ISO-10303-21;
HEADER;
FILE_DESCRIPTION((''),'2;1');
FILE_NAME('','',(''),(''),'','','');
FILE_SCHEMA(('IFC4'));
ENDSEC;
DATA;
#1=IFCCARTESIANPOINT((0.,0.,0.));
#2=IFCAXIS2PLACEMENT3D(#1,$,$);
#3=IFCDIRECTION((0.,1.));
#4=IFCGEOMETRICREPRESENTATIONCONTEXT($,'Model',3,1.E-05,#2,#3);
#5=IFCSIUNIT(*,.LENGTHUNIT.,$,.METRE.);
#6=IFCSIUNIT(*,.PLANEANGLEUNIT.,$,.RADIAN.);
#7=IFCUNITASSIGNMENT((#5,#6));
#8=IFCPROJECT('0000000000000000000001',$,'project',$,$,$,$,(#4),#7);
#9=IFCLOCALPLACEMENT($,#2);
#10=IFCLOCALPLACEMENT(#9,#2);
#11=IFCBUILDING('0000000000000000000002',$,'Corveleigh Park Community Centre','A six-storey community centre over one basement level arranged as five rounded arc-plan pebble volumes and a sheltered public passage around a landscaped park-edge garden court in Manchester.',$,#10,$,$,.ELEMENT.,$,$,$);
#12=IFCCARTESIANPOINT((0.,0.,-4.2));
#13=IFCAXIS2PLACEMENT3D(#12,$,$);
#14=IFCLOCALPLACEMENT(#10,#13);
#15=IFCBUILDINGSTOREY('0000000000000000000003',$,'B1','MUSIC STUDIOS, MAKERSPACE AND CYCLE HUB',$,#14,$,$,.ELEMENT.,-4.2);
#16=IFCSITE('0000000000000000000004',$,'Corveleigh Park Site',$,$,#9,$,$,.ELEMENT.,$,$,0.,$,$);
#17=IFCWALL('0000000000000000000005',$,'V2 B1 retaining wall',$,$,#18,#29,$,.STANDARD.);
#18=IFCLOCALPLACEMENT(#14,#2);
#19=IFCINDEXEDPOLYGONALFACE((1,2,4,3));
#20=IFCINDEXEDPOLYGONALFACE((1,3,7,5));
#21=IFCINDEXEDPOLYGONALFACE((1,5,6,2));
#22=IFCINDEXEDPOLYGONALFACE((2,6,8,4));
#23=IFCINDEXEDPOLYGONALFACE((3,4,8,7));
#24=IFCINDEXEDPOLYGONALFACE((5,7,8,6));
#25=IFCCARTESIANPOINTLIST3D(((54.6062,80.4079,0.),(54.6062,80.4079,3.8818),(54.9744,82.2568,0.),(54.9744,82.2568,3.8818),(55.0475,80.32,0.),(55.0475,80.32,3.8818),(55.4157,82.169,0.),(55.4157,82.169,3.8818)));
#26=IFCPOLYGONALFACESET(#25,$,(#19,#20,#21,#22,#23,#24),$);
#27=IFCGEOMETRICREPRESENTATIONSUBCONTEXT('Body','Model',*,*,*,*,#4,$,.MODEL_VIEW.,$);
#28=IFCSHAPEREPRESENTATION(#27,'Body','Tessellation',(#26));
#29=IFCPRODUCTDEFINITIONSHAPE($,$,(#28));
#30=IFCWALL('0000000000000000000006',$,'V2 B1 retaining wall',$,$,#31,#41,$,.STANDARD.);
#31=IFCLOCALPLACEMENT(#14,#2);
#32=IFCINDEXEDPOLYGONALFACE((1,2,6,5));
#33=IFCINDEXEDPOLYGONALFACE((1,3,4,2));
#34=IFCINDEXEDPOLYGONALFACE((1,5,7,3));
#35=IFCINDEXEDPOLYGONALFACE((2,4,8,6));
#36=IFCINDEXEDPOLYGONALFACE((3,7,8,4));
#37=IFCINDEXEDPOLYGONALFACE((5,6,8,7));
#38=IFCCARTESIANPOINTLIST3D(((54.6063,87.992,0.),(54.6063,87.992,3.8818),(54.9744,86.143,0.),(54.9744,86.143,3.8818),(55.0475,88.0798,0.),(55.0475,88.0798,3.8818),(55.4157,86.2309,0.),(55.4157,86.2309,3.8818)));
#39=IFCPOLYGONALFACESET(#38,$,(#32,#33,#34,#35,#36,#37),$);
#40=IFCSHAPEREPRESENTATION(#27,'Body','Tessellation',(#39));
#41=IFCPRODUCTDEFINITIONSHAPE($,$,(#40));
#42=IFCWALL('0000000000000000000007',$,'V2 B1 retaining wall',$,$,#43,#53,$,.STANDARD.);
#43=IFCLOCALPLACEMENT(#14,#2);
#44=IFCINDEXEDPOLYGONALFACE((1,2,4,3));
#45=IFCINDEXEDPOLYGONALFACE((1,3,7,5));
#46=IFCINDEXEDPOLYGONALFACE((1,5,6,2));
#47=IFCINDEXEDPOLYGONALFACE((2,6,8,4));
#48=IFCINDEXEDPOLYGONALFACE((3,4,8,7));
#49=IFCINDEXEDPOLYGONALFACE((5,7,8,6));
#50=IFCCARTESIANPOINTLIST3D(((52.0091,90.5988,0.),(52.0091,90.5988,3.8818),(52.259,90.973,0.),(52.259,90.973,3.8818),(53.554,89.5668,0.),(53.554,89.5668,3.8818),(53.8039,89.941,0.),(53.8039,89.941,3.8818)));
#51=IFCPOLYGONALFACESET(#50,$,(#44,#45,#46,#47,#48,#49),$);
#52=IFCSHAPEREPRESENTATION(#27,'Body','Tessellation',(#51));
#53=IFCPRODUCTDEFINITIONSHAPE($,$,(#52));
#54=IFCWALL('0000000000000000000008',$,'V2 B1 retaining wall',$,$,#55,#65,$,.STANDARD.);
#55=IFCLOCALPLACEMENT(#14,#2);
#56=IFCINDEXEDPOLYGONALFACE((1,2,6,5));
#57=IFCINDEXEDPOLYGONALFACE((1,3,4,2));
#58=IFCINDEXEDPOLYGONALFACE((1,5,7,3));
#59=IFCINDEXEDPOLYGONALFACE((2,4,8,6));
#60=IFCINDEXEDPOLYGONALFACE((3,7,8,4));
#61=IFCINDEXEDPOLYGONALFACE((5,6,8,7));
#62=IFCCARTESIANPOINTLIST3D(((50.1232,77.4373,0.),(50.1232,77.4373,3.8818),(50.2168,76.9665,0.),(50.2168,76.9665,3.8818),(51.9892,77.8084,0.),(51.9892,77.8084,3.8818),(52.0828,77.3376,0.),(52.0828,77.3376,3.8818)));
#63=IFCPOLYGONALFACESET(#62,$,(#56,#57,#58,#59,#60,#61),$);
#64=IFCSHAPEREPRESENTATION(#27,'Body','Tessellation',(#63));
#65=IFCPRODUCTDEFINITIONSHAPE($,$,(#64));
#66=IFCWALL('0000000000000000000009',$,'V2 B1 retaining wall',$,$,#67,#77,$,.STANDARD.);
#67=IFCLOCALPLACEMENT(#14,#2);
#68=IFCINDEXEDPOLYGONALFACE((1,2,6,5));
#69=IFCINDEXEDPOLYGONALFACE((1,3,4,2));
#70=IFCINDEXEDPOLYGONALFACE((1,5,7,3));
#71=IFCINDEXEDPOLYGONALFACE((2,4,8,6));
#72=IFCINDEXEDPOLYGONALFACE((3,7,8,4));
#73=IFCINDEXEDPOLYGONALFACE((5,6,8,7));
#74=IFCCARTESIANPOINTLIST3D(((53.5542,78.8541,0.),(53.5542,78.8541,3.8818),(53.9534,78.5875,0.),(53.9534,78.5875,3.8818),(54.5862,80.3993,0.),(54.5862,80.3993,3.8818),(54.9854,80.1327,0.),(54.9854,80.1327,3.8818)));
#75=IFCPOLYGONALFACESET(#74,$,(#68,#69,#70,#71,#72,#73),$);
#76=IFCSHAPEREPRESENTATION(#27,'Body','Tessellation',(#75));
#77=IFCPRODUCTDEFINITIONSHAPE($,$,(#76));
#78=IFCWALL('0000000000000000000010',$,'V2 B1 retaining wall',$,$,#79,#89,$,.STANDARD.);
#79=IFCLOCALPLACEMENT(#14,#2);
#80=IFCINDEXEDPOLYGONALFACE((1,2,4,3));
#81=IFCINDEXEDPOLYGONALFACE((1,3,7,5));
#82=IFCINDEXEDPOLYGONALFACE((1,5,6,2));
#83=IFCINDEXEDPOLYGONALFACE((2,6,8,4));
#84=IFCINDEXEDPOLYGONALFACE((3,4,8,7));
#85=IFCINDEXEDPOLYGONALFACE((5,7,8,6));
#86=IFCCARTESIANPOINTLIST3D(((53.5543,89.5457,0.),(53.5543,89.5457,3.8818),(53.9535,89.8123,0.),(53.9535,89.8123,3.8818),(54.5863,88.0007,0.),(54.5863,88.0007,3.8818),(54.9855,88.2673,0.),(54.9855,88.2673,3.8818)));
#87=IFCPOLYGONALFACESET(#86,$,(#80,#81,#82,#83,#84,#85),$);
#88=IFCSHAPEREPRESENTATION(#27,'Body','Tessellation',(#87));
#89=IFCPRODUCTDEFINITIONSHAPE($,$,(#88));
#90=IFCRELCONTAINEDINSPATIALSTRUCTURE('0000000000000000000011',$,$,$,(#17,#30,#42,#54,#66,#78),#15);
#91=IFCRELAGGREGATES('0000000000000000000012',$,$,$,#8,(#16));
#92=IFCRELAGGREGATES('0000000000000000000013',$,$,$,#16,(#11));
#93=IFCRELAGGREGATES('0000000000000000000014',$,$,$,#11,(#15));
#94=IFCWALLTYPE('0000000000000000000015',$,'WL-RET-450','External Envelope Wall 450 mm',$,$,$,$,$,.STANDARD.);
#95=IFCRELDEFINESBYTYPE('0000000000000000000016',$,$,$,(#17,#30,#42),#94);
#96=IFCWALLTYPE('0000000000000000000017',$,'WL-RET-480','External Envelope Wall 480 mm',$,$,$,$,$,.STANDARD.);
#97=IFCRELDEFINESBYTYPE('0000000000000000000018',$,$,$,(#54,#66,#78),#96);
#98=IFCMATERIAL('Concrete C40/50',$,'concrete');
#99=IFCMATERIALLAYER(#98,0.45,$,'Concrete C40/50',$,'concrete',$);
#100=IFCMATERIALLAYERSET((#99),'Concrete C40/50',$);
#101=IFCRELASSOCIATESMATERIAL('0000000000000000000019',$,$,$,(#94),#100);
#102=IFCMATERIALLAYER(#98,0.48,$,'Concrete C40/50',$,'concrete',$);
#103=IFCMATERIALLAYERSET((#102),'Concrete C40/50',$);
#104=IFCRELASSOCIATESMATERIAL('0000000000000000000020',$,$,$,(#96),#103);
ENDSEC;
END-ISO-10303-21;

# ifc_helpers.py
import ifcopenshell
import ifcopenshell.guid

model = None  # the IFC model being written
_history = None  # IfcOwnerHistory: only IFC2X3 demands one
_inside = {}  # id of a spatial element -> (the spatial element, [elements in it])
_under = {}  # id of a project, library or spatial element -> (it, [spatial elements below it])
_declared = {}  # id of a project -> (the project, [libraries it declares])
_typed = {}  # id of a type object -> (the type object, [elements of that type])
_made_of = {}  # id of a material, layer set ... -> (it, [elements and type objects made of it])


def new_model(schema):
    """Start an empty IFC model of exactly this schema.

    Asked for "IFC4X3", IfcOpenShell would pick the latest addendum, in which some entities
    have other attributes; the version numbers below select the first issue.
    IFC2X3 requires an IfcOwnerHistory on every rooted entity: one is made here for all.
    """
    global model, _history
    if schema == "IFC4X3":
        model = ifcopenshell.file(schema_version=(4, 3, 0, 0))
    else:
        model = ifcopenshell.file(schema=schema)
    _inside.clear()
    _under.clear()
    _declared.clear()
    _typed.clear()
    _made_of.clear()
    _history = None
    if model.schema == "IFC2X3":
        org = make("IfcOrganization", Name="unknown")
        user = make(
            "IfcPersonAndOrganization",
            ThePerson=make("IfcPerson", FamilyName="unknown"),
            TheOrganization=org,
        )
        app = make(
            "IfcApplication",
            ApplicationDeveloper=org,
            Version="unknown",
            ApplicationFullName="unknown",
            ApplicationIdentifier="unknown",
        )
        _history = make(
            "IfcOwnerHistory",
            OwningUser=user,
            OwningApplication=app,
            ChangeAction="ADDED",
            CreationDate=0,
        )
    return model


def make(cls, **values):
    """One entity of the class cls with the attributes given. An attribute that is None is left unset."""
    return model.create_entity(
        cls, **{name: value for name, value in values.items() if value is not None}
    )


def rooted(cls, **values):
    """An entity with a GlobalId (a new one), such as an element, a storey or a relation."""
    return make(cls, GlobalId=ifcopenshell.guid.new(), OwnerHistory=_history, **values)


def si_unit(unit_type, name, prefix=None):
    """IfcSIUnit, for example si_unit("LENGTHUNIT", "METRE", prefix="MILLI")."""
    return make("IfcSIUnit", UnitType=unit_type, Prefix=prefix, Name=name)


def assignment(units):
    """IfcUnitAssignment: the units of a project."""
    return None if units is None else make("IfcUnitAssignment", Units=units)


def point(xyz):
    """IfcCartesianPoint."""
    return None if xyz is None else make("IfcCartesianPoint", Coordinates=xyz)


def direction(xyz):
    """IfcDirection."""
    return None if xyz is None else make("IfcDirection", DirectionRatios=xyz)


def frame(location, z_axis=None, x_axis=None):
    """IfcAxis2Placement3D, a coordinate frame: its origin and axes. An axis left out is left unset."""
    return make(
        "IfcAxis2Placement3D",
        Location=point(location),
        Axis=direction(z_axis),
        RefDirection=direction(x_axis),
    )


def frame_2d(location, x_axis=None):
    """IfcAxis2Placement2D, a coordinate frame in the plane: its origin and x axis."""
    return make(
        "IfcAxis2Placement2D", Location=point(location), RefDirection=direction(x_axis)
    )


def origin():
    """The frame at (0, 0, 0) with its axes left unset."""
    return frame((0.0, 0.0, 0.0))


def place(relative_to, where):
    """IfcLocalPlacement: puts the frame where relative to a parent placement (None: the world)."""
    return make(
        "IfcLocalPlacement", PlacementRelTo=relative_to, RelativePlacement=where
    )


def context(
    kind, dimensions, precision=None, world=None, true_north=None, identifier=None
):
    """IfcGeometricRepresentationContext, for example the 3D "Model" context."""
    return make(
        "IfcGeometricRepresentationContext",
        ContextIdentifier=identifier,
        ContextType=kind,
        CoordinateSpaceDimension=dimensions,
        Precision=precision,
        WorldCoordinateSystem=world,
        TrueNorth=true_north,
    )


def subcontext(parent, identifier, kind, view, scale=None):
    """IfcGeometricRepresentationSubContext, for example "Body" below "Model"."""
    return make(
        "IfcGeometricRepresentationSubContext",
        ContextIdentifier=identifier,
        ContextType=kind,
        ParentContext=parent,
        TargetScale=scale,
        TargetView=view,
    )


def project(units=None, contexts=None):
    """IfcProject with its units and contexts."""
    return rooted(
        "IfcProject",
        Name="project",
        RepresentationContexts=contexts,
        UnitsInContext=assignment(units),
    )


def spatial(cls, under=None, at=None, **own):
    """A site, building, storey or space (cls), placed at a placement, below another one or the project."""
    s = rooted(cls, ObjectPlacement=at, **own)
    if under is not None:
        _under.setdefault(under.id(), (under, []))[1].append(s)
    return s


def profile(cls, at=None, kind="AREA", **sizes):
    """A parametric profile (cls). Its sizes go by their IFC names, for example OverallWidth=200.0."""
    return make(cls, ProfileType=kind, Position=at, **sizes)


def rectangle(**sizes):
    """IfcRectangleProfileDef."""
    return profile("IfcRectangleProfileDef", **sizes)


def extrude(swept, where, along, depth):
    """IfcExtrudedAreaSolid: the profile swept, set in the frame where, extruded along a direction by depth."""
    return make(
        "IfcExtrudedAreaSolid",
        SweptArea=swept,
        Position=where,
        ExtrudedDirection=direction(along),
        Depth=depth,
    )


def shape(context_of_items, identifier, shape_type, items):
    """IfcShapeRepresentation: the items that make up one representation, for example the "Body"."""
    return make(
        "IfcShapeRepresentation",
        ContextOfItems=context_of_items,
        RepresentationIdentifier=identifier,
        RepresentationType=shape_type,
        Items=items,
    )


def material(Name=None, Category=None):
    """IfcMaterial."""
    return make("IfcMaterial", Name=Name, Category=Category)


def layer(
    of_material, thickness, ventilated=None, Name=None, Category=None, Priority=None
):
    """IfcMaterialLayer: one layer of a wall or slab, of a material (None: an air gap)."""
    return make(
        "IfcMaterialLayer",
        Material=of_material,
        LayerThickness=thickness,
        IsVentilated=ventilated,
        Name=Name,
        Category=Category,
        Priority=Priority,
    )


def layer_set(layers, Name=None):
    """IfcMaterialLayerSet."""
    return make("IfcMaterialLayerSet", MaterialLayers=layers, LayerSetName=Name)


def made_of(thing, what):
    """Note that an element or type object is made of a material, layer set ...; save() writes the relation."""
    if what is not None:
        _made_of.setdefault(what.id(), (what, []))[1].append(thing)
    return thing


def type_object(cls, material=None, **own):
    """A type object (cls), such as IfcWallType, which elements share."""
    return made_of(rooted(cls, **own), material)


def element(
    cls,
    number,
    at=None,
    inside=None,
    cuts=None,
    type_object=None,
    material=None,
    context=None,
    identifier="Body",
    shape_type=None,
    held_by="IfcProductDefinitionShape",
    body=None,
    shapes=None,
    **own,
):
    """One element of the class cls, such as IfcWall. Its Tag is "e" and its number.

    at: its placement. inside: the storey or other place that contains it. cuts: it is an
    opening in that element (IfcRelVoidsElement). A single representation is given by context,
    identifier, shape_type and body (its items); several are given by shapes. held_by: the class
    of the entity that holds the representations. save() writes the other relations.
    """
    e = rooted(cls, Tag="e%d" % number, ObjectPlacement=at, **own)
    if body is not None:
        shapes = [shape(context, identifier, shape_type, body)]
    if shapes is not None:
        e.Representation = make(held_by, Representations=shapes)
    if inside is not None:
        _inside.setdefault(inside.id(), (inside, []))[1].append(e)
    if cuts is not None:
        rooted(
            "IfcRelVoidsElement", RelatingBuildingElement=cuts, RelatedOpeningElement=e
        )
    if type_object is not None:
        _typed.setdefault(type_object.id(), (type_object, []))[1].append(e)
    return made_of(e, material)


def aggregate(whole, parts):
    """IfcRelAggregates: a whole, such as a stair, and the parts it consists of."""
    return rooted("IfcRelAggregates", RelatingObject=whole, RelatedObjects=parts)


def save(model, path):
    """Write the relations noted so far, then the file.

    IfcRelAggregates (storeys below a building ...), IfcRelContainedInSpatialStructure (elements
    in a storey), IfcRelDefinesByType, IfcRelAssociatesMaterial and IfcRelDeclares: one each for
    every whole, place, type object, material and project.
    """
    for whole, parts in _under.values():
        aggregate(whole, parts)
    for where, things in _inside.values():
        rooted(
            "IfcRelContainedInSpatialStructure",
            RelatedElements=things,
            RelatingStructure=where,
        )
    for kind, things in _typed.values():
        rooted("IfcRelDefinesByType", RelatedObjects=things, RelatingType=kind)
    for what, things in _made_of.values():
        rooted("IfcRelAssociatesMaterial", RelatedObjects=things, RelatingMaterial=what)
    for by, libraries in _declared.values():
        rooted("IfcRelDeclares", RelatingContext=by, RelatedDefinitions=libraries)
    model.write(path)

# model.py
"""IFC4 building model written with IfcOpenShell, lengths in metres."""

from ifc_helpers import new_model, si_unit, direction, frame, frame_2d, origin, place, context, subcontext, project, spatial, rectangle, extrude, material, layer, layer_set, type_object, element, save


model = new_model("IFC4")

# Units and contexts
model_context = context("Model", 3, precision=1e-05, world=origin(), true_north=direction((0.0, 1.0)))
body_context = subcontext(model_context, "Body", "Model", "MODEL_VIEW")
ifc_project = project(units=[si_unit("LENGTHUNIT", "METRE"), si_unit("PLANEANGLEUNIT", "RADIAN")], contexts=[model_context])

# Site, building, storey
site_placement = place(None, origin())
site = spatial("IfcSite", under=ifc_project, at=site_placement, Name="Corveleigh Park Site", CompositionType="ELEMENT", RefElevation=0.0)
building_placement = place(site_placement, origin())
building = spatial("IfcBuilding", under=site, at=building_placement, Name="Corveleigh Park Community Centre", Description="A six-storey community centre over one basement level arranged as five rounded arc-plan pebble volumes and a sheltered public passage around a landscaped park-edge garden court in Manchester.", CompositionType="ELEMENT")
storey_placement = place(building_placement, frame((0.0, 0.0, -4.2)))
storey = spatial("IfcBuildingStorey", under=building, at=storey_placement, Name="B1", Description="MUSIC STUDIOS, MAKERSPACE AND CYCLE HUB", CompositionType="ELEMENT", Elevation=-4.2)

# Shared definitions
ifc_material_1 = material(Name="Concrete C40/50", Category="concrete")

# Walls
ifc_layer_1 = layer(ifc_material_1, 0.45, Name="Concrete C40/50", Category="concrete")
ifc_layer_set_1 = layer_set([ifc_layer_1], Name="Concrete C40/50")
wall_type_1 = type_object("IfcWallType", Name="WL-RET-450", Description="External Envelope Wall 450 mm", PredefinedType="STANDARD", material=ifc_layer_set_1)
for number, where, z_axis, x_axis, name in (
    (1, (55.1951, 82.2129, 0.0), (0.0, 0.0, 1.0), (-0.195294, -0.980745, 0.0), "V2 B1 retaining wall"),
    (2, (54.8269, 88.0359, 0.0), (0.0, 0.0, 1.0), (0.195294, -0.980745, 0.0), "V2 B1 retaining wall"),
):
    element("IfcWall", number, at=place(storey_placement, frame(where, z_axis=z_axis, x_axis=x_axis)), inside=storey, type_object=wall_type_1, Name=name, PredefinedType="STANDARD", context=body_context, shape_type="SweptSolid", body=[
        extrude(rectangle(XDim=1.8853, YDim=0.45, at=frame_2d((0.9426, 0.0))), origin(), (0.0, 0.0, 1.0), 3.8818),
    ])
wall_1_placement = place(storey_placement, frame((52.134, 90.7859, 0.0), z_axis=(0.0, 0.0, 1.0), x_axis=(0.831545, -0.555458, 0.0)))
element("IfcWall", 3, at=wall_1_placement, inside=storey, type_object=wall_type_1, Name="V2 B1 retaining wall", PredefinedType="STANDARD", context=body_context, shape_type="SweptSolid", body=[
    extrude(rectangle(XDim=1.8579, YDim=0.45, at=frame_2d((0.929, 0.0))), origin(), (0.0, 0.0, 1.0), 3.8818),
])
ifc_layer_2 = layer(ifc_material_1, 0.48, Name="Concrete C40/50", Category="concrete")
ifc_layer_set_2 = layer_set([ifc_layer_2], Name="Concrete C40/50")
wall_type_2 = type_object("IfcWallType", Name="WL-RET-480", Description="External Envelope Wall 480 mm", PredefinedType="STANDARD", material=ifc_layer_set_2)
wall_2_placement = place(storey_placement, frame((52.0359, 77.573, 0.0), z_axis=(0.0, 0.0, 1.0), x_axis=(-0.980792, -0.195055, 0.0)))
element("IfcWall", 4, at=wall_2_placement, inside=storey, type_object=wall_type_2, Name="V2 B1 retaining wall", PredefinedType="STANDARD", context=body_context, shape_type="SweptSolid", body=[
    extrude(rectangle(XDim=1.9026, YDim=0.48, at=frame_2d((0.9512, 0.0))), origin(), (0.0, 0.0, 1.0), 3.8818),
])
wall_3_placement = place(storey_placement, frame((54.7859, 80.2661, 0.0), z_axis=(0.0, 0.0, 1.0), x_axis=(-0.555397, -0.831585, 0.0)))
element("IfcWall", 5, at=wall_3_placement, inside=storey, type_object=wall_type_2, Name="V2 B1 retaining wall", PredefinedType="STANDARD", context=body_context, shape_type="SweptSolid", body=[
    extrude(rectangle(XDim=1.8582, YDim=0.48, at=frame_2d((0.9292, 0.0))), origin(), (0.0, 0.0, 1.0), 3.8818),
])
wall_4_placement = place(storey_placement, frame((53.7539, 89.679, 0.0), z_axis=(0.0, 0.0, 1.0), x_axis=(0.555458, -0.831545, 0.0)))
element("IfcWall", 6, at=wall_4_placement, inside=storey, type_object=wall_type_2, Name="V2 B1 retaining wall", PredefinedType="STANDARD", context=body_context, shape_type="SweptSolid", body=[
    extrude(rectangle(XDim=1.8579, YDim=0.48, at=frame_2d((0.929, 0.0))), origin(), (0.0, 0.0, 1.0), 3.8818),
])

save(model, "model.ifc")
